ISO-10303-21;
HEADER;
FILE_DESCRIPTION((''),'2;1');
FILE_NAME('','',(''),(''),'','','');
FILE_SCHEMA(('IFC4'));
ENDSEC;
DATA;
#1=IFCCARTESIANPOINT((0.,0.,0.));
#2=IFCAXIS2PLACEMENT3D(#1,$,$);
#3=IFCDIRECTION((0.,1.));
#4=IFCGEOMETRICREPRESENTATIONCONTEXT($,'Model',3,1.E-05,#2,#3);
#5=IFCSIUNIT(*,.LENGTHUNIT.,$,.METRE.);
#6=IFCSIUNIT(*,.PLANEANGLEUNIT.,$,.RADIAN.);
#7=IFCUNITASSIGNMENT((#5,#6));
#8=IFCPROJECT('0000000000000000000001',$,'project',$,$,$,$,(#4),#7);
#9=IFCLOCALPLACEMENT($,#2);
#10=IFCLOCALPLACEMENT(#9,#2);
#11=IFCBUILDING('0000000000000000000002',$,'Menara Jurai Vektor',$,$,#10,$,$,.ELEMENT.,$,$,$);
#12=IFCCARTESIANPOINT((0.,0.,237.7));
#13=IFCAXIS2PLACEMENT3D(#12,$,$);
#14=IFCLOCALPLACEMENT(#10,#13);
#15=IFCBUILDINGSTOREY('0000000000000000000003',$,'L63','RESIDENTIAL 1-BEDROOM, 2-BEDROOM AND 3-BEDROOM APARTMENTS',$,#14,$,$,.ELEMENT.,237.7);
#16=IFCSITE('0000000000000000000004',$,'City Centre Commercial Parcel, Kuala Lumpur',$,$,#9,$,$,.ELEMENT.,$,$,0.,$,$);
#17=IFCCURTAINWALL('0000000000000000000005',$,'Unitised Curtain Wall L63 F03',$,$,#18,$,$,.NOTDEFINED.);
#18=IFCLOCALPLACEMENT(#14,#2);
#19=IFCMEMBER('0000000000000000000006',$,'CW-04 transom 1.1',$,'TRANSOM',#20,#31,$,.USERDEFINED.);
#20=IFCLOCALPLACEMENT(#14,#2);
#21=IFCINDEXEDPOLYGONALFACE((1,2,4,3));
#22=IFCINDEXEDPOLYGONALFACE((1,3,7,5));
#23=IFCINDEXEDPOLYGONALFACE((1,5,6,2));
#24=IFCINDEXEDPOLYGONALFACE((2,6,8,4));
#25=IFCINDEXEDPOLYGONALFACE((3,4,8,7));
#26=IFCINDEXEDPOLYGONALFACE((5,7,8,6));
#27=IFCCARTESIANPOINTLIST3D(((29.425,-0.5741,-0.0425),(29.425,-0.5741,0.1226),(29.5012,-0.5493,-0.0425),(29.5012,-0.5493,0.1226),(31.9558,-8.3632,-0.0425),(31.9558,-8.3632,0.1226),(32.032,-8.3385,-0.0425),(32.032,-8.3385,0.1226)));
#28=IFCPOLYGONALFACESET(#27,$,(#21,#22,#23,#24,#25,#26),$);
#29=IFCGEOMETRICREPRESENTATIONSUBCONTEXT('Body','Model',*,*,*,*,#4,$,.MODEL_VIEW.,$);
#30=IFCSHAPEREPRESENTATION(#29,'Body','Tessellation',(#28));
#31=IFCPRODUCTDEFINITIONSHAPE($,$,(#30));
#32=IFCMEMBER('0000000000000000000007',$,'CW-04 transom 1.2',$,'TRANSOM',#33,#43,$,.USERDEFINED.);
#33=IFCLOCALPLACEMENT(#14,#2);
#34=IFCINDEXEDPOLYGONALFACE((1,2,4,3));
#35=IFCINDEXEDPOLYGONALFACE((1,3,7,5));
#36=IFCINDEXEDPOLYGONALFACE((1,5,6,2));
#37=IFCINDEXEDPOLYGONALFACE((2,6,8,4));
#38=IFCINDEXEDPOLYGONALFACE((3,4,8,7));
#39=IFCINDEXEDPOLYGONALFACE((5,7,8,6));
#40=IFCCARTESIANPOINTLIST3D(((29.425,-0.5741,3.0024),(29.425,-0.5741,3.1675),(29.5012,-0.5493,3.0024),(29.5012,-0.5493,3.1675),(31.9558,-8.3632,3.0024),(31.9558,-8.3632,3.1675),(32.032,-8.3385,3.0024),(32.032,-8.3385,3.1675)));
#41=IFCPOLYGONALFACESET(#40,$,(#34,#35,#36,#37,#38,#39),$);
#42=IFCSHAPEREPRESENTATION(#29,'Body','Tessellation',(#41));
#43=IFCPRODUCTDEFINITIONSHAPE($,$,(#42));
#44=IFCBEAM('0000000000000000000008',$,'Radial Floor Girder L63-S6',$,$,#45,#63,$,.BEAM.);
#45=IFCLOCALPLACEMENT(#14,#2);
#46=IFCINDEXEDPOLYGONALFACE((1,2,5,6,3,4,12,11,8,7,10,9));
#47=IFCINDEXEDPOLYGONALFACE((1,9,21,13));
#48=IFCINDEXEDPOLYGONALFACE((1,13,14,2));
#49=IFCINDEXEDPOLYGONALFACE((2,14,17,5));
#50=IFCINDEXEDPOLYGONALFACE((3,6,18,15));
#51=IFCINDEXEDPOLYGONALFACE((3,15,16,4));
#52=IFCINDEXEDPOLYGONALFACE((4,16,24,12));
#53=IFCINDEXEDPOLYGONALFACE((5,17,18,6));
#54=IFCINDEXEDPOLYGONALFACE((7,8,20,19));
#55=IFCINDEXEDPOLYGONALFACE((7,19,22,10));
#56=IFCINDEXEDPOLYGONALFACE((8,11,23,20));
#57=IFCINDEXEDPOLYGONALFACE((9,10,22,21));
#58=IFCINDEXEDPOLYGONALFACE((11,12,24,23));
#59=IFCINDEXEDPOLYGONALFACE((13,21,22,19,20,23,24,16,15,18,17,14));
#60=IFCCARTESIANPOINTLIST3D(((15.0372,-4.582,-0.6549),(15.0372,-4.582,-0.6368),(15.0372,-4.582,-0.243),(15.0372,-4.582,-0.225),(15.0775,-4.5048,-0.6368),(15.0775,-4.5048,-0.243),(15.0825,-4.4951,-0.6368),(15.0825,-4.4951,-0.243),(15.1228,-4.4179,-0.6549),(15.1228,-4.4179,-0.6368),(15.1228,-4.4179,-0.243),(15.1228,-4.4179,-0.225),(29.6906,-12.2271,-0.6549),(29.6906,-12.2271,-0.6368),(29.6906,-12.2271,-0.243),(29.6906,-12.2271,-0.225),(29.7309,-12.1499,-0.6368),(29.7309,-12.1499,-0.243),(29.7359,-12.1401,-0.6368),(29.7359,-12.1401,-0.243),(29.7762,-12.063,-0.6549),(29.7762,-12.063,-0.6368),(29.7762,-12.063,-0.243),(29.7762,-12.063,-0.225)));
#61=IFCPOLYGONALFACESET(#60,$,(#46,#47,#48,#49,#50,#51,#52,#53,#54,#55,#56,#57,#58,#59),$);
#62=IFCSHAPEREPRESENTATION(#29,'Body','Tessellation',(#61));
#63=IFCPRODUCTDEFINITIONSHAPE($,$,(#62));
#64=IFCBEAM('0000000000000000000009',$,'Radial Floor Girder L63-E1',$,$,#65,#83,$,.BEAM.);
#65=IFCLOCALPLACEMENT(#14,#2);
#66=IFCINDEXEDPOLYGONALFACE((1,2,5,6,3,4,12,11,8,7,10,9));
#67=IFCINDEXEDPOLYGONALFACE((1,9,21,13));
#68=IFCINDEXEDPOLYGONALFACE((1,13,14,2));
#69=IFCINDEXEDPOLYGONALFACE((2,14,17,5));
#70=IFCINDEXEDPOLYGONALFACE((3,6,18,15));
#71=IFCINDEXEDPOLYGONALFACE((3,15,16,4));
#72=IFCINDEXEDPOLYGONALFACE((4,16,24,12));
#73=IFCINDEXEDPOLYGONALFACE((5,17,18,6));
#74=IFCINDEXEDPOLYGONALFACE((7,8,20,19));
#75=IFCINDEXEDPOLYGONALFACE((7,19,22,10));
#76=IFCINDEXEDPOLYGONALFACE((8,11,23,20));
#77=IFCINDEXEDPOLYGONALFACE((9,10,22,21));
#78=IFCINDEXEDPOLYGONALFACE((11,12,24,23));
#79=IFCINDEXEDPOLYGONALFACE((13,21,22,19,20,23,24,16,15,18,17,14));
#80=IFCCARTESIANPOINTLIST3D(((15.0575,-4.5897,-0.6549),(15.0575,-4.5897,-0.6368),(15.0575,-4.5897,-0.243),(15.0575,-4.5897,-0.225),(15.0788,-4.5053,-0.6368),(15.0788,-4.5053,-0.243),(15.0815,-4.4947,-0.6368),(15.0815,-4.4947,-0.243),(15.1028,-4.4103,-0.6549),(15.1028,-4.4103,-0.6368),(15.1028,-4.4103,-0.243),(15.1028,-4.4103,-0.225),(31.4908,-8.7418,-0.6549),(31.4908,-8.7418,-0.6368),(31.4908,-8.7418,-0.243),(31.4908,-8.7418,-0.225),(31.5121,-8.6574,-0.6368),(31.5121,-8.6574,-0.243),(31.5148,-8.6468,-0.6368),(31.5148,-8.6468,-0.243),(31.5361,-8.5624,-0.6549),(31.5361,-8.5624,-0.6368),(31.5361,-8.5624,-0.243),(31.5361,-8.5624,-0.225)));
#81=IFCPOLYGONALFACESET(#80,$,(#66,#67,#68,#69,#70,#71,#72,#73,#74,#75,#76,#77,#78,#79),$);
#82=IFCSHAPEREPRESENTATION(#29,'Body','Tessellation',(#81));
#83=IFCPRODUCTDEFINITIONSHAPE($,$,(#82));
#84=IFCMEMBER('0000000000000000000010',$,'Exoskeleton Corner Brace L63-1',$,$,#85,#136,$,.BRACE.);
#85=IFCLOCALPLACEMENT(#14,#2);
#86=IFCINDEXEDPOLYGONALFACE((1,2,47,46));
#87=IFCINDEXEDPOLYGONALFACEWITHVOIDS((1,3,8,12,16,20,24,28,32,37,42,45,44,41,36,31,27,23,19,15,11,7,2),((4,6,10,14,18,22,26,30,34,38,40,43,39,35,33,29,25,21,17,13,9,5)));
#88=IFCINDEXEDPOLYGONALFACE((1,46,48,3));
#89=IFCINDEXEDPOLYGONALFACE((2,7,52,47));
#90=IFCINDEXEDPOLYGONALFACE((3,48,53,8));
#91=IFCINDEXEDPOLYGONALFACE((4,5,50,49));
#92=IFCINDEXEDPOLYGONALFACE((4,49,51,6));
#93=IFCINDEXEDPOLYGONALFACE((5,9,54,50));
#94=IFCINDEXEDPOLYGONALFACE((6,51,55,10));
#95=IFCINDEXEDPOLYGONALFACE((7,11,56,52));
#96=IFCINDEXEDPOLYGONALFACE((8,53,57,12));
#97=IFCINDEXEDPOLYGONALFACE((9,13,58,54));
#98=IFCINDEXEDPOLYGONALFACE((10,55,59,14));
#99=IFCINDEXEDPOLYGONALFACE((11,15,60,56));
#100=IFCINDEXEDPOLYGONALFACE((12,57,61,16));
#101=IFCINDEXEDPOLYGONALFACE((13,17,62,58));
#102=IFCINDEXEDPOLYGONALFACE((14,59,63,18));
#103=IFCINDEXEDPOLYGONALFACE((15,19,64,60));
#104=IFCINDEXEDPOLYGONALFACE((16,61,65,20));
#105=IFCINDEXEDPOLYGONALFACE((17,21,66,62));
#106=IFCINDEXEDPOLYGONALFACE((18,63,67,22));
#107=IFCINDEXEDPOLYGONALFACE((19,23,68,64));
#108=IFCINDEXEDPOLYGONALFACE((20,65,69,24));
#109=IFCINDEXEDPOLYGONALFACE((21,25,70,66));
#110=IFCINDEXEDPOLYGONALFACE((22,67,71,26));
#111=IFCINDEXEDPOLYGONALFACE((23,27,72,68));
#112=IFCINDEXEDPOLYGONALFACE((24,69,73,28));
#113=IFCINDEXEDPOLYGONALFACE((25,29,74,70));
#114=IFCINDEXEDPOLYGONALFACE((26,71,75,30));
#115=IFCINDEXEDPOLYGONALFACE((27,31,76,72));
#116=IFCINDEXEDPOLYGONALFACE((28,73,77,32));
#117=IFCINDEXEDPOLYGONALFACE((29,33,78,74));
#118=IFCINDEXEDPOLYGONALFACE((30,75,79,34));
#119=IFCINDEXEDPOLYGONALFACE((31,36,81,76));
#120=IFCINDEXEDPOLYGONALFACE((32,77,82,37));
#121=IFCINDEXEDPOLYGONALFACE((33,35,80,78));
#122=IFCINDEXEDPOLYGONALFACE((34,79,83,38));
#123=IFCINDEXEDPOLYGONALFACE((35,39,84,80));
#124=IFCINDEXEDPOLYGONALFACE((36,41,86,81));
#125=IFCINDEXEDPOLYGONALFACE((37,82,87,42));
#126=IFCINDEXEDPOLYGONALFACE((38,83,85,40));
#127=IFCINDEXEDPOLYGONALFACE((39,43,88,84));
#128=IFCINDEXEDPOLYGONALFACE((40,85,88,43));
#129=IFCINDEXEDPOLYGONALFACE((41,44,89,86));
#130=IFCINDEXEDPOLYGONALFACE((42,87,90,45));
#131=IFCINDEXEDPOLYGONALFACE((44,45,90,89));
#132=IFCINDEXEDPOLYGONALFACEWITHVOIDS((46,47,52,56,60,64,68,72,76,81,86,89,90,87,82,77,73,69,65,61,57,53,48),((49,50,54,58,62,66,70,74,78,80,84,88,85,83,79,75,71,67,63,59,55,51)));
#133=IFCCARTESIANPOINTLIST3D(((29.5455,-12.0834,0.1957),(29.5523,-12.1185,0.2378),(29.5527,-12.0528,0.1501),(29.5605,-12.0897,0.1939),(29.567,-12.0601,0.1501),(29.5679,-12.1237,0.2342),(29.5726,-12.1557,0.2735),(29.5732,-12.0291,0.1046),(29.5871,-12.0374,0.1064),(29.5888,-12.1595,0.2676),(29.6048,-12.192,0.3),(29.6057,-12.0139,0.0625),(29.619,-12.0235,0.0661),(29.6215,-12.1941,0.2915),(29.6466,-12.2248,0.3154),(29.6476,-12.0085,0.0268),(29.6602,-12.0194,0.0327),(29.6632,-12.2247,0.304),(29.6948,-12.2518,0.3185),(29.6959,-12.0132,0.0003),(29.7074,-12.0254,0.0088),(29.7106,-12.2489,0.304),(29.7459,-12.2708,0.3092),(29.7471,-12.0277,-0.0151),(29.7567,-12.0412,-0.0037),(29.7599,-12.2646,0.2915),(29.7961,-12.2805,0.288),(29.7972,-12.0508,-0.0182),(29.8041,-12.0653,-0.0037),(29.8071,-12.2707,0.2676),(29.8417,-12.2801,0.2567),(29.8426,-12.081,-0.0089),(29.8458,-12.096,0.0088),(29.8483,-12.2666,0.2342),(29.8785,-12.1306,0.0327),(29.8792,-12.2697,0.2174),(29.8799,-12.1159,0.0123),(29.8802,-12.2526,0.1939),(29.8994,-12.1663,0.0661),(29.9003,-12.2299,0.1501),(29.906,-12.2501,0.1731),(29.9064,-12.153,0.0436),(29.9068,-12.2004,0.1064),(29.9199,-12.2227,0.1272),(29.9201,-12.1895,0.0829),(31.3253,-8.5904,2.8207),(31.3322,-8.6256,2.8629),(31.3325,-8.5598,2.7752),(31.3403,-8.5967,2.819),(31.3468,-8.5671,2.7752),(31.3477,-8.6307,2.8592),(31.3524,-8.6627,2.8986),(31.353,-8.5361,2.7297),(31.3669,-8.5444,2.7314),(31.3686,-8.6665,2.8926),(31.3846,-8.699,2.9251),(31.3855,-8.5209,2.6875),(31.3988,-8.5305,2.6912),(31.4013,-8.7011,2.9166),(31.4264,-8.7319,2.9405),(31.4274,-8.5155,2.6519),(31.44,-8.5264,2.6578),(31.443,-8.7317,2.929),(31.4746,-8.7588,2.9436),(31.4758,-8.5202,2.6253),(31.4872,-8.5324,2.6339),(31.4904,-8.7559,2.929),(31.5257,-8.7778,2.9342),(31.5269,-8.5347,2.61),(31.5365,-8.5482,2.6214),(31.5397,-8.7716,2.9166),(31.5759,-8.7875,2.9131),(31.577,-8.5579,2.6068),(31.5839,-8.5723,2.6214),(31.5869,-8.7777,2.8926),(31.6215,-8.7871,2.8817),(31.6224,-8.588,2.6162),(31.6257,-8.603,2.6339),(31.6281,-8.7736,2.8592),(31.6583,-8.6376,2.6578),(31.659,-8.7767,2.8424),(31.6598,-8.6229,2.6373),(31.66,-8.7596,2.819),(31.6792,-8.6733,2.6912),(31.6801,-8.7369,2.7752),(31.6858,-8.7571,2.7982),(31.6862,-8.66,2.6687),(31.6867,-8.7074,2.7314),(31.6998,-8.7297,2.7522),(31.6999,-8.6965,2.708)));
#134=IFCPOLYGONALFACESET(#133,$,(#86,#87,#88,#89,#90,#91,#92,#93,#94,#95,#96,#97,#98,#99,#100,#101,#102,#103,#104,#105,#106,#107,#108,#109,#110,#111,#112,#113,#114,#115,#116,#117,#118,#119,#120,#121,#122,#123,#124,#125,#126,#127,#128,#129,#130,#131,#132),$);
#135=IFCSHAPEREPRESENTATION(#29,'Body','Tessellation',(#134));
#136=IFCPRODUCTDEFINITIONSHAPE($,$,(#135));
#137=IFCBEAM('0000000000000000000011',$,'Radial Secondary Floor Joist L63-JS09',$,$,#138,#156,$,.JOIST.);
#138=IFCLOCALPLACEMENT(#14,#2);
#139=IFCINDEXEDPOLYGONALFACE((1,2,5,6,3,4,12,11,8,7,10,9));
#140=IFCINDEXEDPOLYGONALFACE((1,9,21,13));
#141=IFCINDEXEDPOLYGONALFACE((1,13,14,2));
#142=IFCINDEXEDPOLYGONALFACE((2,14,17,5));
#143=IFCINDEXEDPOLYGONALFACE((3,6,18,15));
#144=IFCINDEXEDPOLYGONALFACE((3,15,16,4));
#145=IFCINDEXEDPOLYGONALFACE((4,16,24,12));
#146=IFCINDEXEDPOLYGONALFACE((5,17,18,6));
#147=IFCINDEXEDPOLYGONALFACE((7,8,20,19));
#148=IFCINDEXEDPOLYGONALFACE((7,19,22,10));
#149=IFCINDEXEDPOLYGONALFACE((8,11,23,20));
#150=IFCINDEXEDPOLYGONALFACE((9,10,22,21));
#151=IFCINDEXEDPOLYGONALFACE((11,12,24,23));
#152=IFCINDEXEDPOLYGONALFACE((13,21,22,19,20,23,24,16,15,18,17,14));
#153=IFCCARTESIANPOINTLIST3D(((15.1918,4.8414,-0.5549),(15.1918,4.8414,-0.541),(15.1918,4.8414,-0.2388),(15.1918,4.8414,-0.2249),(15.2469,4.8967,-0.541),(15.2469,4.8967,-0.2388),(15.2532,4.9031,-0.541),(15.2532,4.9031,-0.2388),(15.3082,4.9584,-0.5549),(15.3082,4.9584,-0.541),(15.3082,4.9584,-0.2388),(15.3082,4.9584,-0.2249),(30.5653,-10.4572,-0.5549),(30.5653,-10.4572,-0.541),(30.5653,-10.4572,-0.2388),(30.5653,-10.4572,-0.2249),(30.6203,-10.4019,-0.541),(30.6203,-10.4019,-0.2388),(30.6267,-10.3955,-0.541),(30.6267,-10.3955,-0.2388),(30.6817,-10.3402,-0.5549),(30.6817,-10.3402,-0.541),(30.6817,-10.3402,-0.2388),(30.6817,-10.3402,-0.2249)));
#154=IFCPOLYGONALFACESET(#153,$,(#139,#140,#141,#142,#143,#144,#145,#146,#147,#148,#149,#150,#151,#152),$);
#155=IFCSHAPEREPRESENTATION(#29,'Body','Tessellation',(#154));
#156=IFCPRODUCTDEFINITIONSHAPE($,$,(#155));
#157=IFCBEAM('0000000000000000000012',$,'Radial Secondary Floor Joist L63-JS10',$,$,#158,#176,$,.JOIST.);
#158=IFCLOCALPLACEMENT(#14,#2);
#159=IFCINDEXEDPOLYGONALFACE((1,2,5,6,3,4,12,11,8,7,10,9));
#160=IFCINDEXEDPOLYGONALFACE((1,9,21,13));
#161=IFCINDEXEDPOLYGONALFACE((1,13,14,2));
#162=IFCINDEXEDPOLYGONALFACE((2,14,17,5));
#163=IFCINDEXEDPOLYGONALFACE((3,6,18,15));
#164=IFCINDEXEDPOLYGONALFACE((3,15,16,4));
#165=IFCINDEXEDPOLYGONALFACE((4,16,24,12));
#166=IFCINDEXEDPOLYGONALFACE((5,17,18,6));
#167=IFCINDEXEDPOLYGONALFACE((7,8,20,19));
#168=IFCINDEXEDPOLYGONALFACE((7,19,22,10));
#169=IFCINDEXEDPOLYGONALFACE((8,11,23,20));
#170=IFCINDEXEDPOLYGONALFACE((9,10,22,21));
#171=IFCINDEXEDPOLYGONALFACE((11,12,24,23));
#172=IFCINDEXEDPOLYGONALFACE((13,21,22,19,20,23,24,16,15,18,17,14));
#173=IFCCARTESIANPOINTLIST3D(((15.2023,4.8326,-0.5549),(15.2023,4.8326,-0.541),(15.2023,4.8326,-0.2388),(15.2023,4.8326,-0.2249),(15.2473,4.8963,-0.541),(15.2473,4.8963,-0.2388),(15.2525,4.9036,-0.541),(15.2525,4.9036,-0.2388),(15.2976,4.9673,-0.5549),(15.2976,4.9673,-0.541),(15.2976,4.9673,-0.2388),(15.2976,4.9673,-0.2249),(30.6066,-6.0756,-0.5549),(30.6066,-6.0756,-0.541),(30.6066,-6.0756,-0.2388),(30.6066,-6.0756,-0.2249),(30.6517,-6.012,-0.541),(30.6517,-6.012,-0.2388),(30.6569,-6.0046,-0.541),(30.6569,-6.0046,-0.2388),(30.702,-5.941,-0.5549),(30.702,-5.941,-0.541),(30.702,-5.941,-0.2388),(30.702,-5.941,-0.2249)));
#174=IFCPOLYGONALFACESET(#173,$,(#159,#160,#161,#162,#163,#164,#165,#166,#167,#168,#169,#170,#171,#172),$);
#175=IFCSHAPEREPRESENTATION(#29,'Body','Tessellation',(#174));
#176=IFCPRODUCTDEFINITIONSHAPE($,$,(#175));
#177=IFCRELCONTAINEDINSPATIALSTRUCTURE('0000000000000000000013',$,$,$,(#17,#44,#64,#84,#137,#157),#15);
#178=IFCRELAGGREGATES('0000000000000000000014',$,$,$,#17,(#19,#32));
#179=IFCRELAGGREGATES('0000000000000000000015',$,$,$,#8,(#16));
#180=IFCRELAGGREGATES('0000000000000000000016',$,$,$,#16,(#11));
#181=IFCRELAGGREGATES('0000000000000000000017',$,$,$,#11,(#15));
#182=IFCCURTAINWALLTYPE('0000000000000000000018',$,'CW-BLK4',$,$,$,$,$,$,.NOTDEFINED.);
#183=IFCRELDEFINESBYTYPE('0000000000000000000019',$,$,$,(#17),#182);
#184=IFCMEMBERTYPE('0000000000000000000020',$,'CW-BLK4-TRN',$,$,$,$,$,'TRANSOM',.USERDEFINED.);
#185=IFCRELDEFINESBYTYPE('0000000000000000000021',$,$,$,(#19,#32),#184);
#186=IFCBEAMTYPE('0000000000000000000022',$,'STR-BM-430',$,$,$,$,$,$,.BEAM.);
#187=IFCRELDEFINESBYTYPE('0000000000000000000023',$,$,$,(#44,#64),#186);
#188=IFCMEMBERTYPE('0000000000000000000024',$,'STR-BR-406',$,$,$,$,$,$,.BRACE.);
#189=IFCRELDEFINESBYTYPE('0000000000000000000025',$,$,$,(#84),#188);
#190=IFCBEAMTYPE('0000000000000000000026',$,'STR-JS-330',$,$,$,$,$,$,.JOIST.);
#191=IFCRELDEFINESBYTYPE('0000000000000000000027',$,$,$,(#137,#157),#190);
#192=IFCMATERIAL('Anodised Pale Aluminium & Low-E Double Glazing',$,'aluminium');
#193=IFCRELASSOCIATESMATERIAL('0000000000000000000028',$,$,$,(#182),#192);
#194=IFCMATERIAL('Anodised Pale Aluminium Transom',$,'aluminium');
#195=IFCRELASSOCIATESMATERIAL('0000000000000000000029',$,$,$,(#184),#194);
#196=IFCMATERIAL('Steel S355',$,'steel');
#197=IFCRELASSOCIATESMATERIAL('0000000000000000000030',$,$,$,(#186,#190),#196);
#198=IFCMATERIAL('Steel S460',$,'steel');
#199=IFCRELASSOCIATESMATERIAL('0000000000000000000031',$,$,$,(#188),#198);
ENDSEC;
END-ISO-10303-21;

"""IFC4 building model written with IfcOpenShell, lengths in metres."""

from ifc_helpers import new_model, si_unit, direction, frame, origin, origin_2d, place, context, subcontext, project, spatial, rectangle, hollow_circle, i_section, extrude, material, material_profile, profile_set, type_object, element, aggregate, save


model = new_model("IFC4")

# Units and contexts
model_context = context("Model", 3, precision=1e-05, world=origin(), true_north=direction((0.0, 1.0)))
body_context = subcontext(model_context, "Body", "Model", "MODEL_VIEW")
ifc_project = project(units=[si_unit("LENGTHUNIT", "METRE"), si_unit("PLANEANGLEUNIT", "RADIAN")], contexts=[model_context])

# Site, building, storey
site_placement = place(None, origin())
site = spatial("IfcSite", under=ifc_project, at=site_placement, Name="City Centre Commercial Parcel, Kuala Lumpur", CompositionType="ELEMENT", RefElevation=0.0)
building_placement = place(site_placement, origin())
building = spatial("IfcBuilding", under=site, at=building_placement, Name="Menara Jurai Vektor", CompositionType="ELEMENT")
storey_placement = place(building_placement, frame((0.0, 0.0, 237.7)))
storey = spatial("IfcBuildingStorey", under=building, at=storey_placement, Name="L63", Description="RESIDENTIAL 1-BEDROOM, 2-BEDROOM AND 3-BEDROOM APARTMENTS", CompositionType="ELEMENT", Elevation=237.7)

# Shared definitions
ifc_material_1 = material(Name="Steel S460", Category="steel")

# Shared definitions
ifc_material_2 = material(Name="Anodised Pale Aluminium & Low-E Double Glazing", Category="aluminium")
curtain_wall_type = type_object("IfcCurtainWallType", Name="CW-BLK4", PredefinedType="NOTDEFINED", material=ifc_material_2)

# Curtain wall
curtain_wall_1_placement = place(storey_placement, origin())
curtain_wall_1 = element("IfcCurtainWall", 1, at=curtain_wall_1_placement, inside=storey, type_object=curtain_wall_type, Name="Unitised Curtain Wall L63 F03", PredefinedType="NOTDEFINED")

# Members
ifc_material_3 = material(Name="Anodised Pale Aluminium Transom", Category="aluminium")
ifc_material_profile_1 = material_profile(ifc_material_3, rectangle(XDim=0.0801, YDim=0.165, at=origin_2d()), Name="ALU TRN 80x165")
ifc_profile_set_1 = profile_set([ifc_material_profile_1], Name="Anodised Pale Aluminium Transom")
member_type_1 = type_object("IfcMemberType", Name="CW-BLK4-TRN", ElementType="TRANSOM", PredefinedType="USERDEFINED", material=ifc_profile_set_1)
member_1_placement = place(storey_placement, frame((31.9939, -8.3508, 0.04), z_axis=(-0.309011, 0.951059, 0.0), x_axis=(-0.951059, -0.309011, 0.0)))
member_1 = element("IfcMember", 2, at=member_1_placement, type_object=member_type_1, Name="CW-04 transom 1.1", ObjectType="TRANSOM", PredefinedType="USERDEFINED", context=body_context, shape_type="SweptSolid", body=[
    extrude(rectangle(XDim=0.0801, YDim=0.165, at=origin_2d()), origin(), (0.0, 0.0, 1.0), 8.1899),
])
member_2_placement = place(storey_placement, frame((31.9939, -8.3508, 3.085), z_axis=(-0.309011, 0.951059, 0.0), x_axis=(-0.951059, -0.309011, 0.0)))
member_2 = element("IfcMember", 3, at=member_2_placement, type_object=member_type_1, Name="CW-04 transom 1.2", ObjectType="TRANSOM", PredefinedType="USERDEFINED", context=body_context, shape_type="SweptSolid", body=[
    extrude(rectangle(XDim=0.0801, YDim=0.165, at=origin_2d()), origin(), (0.0, 0.0, 1.0), 8.1899),
])

# Beams
ifc_material_4 = material(Name="Steel S355", Category="steel")
ifc_material_profile_2 = material_profile(ifc_material_4, i_section(OverallWidth=0.1851, OverallDepth=0.4299, WebThickness=0.011, FlangeThickness=0.0181, at=origin_2d()), Name="PG 430x185x76")
ifc_profile_set_2 = profile_set([ifc_material_profile_2], Name="Steel S355")
beam_type_1 = type_object("IfcBeamType", Name="STR-BM-430", PredefinedType="BEAM", material=ifc_profile_set_2)
beam_1_placement = place(storey_placement, frame((29.7334, -12.145, -0.4399), z_axis=(-0.88659, 0.462557, 0.0), x_axis=(-0.462557, -0.88659, 0.0)))
element("IfcBeam", 4, at=beam_1_placement, inside=storey, type_object=beam_type_1, Name="Radial Floor Girder L63-S6", PredefinedType="BEAM", context=body_context, shape_type="SweptSolid", body=[
    extrude(i_section(OverallWidth=0.1851, OverallDepth=0.4299, WebThickness=0.011, FlangeThickness=0.0181, at=origin_2d()), origin(), (0.0, 0.0, 1.0), 16.5278),
])
beam_2_placement = place(storey_placement, frame((31.5134, -8.6521, -0.4399), z_axis=(-0.969532, 0.244965, 0.0), x_axis=(-0.244965, -0.969532, 0.0)))
element("IfcBeam", 5, at=beam_2_placement, inside=storey, type_object=beam_type_1, Name="Radial Floor Girder L63-E1", PredefinedType="BEAM", context=body_context, shape_type="SweptSolid", body=[
    extrude(i_section(OverallWidth=0.1851, OverallDepth=0.4299, WebThickness=0.011, FlangeThickness=0.0181, at=origin_2d()), origin(), (0.0, 0.0, 1.0), 16.9497),
])

# Member
ifc_material_profile_3 = material_profile(ifc_material_1, hollow_circle(Radius=0.2031, WallThickness=0.0161, at=origin_2d()), Name="CHS 406.4x16")
ifc_profile_set_3 = profile_set([ifc_material_profile_3], Name="Steel S460")
member_type_2 = type_object("IfcMemberType", Name="STR-BR-406", PredefinedType="BRACE", material=ifc_profile_set_3)
member_3_placement = place(storey_placement, frame((29.7336, -12.145, 0.1501), z_axis=(0.37724, 0.740352, 0.556389), x_axis=(-0.891001, 0.454001, 0.0)))
element("IfcMember", 6, at=member_3_placement, inside=storey, type_object=member_type_2, Name="Exoskeleton Corner Brace L63-1", PredefinedType="BRACE", context=body_context, shape_type="SweptSolid", body=[
    extrude(hollow_circle(Radius=0.2031, WallThickness=0.0161, at=origin_2d()), origin(), (0.0, 0.0, 1.0), 4.718),
])

# Beams
ifc_material_profile_4 = material_profile(ifc_material_4, i_section(OverallWidth=0.165, OverallDepth=0.3301, WebThickness=0.009, FlangeThickness=0.0139, at=origin_2d()), Name="PG 330x165x46")
ifc_profile_set_4 = profile_set([ifc_material_profile_4], Name="Steel S355")
beam_type_2 = type_object("IfcBeamType", Name="STR-JS-330", PredefinedType="JOIST", material=ifc_profile_set_4)
beam_3_placement = place(storey_placement, frame((30.6235, -10.3987, -0.3899), z_axis=(-0.708833, 0.705377, 0.0), x_axis=(-0.705377, -0.708833, 0.0)))
element("IfcBeam", 7, at=beam_3_placement, inside=storey, type_object=beam_type_2, Name="Radial Secondary Floor Joist L63-JS09", PredefinedType="JOIST", context=body_context, shape_type="SweptSolid", body=[
    extrude(i_section(OverallWidth=0.165, OverallDepth=0.3301, WebThickness=0.009, FlangeThickness=0.0139, at=origin_2d()), origin(), (0.0, 0.0, 1.0), 21.6885),
])
beam_4_placement = place(storey_placement, frame((30.6543, -6.0083, -0.3899), z_axis=(-0.816104, 0.577905, 0.0), x_axis=(-0.577905, -0.816104, 0.0)))
element("IfcBeam", 8, at=beam_4_placement, inside=storey, type_object=beam_type_2, Name="Radial Secondary Floor Joist L63-JS10", PredefinedType="JOIST", context=body_context, shape_type="SweptSolid", body=[
    extrude(i_section(OverallWidth=0.165, OverallDepth=0.3301, WebThickness=0.009, FlangeThickness=0.0139, at=origin_2d()), origin(), (0.0, 0.0, 1.0), 18.8755),
])

aggregate(curtain_wall_1, [member_1, member_2])

save(model, "model.ifc")
